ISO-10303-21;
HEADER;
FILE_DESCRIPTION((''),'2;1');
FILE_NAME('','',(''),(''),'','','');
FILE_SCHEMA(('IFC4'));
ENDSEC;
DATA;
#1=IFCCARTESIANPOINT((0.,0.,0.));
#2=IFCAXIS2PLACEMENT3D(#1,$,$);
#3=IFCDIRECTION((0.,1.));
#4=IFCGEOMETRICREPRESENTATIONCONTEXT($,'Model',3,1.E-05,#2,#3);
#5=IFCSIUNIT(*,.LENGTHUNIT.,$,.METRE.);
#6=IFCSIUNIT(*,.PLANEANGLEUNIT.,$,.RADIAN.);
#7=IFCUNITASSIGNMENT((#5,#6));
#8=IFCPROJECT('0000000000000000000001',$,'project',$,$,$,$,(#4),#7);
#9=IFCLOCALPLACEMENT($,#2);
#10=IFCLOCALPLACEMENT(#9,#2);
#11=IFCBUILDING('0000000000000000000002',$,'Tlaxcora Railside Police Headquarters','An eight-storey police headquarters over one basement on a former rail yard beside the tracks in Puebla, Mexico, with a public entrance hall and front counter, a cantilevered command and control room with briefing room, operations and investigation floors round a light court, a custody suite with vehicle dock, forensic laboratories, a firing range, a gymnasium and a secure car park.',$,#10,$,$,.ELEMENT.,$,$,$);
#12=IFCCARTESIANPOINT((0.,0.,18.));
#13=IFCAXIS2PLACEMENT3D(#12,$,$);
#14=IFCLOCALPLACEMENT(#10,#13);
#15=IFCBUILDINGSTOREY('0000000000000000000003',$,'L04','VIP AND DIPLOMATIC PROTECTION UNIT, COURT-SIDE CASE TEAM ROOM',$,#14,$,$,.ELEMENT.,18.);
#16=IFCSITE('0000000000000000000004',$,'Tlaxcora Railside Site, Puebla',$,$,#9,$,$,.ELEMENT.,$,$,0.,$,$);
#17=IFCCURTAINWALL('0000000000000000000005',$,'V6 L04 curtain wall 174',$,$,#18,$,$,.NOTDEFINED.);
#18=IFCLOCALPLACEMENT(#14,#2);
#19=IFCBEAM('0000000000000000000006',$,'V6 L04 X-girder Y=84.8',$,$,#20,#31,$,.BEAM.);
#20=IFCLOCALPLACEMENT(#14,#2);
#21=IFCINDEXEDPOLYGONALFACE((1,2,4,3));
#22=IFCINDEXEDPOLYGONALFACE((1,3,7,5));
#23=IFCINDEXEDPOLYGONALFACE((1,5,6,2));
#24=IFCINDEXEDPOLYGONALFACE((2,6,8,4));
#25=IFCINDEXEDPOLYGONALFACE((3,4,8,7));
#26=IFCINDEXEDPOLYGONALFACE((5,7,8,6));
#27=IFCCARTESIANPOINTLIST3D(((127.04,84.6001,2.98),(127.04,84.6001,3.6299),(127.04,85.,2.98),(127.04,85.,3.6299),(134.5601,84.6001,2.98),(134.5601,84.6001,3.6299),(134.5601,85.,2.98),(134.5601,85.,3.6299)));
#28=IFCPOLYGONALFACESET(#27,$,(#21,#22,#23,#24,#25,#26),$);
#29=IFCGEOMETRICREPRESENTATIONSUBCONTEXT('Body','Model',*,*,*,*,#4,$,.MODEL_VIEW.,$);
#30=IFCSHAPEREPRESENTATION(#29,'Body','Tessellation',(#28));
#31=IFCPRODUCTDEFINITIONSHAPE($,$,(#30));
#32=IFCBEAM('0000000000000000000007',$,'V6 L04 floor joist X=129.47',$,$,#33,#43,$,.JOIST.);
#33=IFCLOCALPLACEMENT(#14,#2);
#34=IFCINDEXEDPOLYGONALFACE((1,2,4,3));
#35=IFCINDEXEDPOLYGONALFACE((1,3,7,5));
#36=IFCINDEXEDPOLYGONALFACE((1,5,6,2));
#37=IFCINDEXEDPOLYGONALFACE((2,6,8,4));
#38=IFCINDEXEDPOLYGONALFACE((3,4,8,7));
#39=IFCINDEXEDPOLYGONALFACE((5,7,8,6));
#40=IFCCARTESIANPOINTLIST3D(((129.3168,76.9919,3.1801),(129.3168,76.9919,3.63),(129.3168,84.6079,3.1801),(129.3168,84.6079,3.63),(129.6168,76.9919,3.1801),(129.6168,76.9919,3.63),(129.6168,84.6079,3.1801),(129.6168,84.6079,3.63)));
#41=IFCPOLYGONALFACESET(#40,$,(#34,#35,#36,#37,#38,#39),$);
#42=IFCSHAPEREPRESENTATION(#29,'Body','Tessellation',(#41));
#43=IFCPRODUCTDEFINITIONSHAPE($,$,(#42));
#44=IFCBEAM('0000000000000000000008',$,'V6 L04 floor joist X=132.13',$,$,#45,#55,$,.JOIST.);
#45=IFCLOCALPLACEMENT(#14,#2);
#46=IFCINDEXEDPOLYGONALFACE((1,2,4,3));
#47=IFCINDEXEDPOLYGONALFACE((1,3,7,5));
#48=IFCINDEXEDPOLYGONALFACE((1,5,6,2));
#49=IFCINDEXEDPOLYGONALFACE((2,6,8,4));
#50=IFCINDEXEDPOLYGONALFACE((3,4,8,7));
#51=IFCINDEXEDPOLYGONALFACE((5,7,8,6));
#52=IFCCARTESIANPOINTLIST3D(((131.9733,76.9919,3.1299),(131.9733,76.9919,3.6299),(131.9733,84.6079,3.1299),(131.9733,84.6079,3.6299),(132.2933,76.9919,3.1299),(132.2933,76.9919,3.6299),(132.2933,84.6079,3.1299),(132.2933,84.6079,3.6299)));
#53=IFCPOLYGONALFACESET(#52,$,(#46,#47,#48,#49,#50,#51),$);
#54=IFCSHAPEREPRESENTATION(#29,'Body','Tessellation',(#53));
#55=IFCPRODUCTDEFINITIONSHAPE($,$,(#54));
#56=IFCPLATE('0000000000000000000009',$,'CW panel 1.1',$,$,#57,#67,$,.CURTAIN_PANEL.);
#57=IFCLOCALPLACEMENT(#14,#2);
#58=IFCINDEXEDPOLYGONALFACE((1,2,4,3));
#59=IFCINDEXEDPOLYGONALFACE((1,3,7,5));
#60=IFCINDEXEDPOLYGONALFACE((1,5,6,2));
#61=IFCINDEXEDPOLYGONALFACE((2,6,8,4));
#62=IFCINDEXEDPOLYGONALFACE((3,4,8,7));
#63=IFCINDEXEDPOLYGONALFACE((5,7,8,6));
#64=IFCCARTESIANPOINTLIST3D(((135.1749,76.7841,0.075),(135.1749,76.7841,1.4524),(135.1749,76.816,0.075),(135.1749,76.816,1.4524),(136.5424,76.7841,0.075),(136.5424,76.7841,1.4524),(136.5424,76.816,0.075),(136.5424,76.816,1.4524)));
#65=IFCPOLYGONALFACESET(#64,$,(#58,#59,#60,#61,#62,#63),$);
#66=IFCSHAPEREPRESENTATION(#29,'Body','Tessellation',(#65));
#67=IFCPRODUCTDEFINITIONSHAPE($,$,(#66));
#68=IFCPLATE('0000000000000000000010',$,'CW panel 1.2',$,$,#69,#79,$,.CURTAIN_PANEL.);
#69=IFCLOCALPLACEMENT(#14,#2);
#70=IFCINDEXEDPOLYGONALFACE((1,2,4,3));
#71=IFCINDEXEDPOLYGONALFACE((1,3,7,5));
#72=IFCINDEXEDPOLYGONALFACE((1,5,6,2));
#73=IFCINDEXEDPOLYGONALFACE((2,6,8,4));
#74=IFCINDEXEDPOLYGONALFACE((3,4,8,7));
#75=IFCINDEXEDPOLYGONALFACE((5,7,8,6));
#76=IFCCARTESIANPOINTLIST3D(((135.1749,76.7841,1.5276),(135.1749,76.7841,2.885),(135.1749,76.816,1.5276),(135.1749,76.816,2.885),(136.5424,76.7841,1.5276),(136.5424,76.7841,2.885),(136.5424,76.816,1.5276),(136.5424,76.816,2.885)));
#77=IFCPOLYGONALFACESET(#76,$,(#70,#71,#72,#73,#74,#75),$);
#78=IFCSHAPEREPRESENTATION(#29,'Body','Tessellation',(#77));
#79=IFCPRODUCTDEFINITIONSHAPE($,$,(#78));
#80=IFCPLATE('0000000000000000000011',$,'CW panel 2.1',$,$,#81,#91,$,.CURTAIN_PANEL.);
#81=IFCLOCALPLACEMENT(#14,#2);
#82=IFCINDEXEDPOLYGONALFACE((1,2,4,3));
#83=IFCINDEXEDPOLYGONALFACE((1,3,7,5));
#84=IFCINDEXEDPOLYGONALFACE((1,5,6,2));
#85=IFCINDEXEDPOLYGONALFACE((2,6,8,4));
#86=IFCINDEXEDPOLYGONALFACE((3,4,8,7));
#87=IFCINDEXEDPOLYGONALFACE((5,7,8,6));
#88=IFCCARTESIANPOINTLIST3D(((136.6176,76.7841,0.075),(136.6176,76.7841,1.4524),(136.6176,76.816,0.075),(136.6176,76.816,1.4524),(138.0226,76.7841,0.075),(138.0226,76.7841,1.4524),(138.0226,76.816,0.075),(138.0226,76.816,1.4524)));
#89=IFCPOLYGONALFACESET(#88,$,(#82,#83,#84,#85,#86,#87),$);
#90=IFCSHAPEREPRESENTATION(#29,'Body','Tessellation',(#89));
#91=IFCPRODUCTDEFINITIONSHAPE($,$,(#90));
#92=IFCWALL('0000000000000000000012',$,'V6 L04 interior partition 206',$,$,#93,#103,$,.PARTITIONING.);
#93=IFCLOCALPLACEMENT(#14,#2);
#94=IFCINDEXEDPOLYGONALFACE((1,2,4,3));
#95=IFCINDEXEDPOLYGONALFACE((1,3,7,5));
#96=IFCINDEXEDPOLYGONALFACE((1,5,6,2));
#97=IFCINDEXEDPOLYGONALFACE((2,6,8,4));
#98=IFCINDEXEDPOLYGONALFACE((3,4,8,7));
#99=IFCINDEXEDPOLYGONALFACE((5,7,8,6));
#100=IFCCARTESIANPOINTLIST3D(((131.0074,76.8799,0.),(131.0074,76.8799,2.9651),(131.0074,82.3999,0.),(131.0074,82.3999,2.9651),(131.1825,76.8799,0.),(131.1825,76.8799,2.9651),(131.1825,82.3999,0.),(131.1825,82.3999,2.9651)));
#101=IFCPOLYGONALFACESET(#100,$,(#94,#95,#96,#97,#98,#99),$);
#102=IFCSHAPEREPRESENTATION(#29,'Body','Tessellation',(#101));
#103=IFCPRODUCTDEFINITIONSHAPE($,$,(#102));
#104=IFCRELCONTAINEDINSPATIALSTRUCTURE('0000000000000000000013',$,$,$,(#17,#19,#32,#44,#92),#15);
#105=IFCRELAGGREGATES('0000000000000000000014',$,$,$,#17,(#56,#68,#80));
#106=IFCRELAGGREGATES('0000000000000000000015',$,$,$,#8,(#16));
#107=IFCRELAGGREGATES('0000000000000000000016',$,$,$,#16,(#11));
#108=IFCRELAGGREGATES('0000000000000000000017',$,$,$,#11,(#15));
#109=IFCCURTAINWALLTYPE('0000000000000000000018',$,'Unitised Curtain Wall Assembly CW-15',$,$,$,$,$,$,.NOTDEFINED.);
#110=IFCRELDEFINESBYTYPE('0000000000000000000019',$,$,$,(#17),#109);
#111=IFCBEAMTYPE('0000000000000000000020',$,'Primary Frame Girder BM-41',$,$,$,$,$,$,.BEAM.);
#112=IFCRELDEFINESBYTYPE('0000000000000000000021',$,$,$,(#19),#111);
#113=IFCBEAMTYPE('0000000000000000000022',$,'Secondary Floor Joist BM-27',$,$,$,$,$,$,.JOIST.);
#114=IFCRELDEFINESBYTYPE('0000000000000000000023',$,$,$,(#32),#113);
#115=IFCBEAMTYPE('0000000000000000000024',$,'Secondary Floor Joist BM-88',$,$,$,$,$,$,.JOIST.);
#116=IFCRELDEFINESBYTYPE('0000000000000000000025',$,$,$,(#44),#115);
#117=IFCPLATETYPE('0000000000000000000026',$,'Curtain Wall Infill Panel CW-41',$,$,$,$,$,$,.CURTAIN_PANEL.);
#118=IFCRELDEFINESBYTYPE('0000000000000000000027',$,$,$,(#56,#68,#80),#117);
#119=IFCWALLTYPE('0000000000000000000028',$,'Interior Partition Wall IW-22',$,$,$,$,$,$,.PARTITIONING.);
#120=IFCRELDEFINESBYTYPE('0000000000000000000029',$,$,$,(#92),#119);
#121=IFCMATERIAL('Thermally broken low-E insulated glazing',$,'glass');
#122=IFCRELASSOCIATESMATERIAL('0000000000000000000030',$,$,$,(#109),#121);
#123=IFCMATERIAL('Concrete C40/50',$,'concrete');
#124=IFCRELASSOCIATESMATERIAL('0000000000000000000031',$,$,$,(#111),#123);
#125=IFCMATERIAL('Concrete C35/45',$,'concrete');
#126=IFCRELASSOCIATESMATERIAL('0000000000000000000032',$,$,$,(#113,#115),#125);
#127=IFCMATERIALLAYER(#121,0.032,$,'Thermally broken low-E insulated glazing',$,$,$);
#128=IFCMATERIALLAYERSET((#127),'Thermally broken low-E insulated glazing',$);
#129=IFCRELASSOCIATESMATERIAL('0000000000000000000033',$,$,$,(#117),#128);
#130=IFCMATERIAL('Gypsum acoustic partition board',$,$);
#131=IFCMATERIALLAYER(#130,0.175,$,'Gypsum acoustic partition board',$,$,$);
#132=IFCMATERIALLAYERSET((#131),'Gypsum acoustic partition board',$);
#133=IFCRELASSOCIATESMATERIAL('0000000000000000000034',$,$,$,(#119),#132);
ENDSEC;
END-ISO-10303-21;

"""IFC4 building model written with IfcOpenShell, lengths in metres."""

from ifc_helpers import new_model, si_unit, direction, frame, frame_2d, origin, origin_2d, place, context, subcontext, project, spatial, rectangle, extrude, material, layer, layer_set, material_profile, profile_set, type_object, element, aggregate, save


model = new_model("IFC4")

# Units and contexts
model_context = context("Model", 3, precision=1e-05, world=origin(), true_north=direction((0.0, 1.0)))
body_context = subcontext(model_context, "Body", "Model", "MODEL_VIEW")
ifc_project = project(units=[si_unit("LENGTHUNIT", "METRE"), si_unit("PLANEANGLEUNIT", "RADIAN")], contexts=[model_context])

# Site, building, storey
site_placement = place(None, origin())
site = spatial("IfcSite", under=ifc_project, at=site_placement, Name="Tlaxcora Railside Site, Puebla", CompositionType="ELEMENT", RefElevation=0.0)
building_placement = place(site_placement, origin())
building = spatial("IfcBuilding", under=site, at=building_placement, Name="Tlaxcora Railside Police Headquarters", Description="An eight-storey police headquarters over one basement on a former rail yard beside the tracks in Puebla, Mexico, with a public entrance hall and front counter, a cantilevered command and control room with briefing room, operations and investigation floors round a light court, a custody suite with vehicle dock, forensic laboratories, a firing range, a gymnasium and a secure car park.", CompositionType="ELEMENT")
storey_placement = place(building_placement, frame((0.0, 0.0, 18.0)))
storey = spatial("IfcBuildingStorey", under=building, at=storey_placement, Name="L04", Description="VIP AND DIPLOMATIC PROTECTION UNIT, COURT-SIDE CASE TEAM ROOM", CompositionType="ELEMENT", Elevation=18.0)

# Shared definitions
ifc_material_1 = material(Name="Concrete C40/50", Category="concrete")

# Curtain wall
ifc_material_2 = material(Name="Thermally broken low-E insulated glazing", Category="glass")
curtain_wall_type = type_object("IfcCurtainWallType", Name="Unitised Curtain Wall Assembly CW-15", PredefinedType="NOTDEFINED", material=ifc_material_2)
curtain_wall_placement = place(storey_placement, origin())
curtain_wall = element("IfcCurtainWall", 1, at=curtain_wall_placement, inside=storey, type_object=curtain_wall_type, Name="V6 L04 curtain wall 174", PredefinedType="NOTDEFINED")

# Beams
ifc_material_profile_1 = material_profile(ifc_material_1, rectangle(XDim=0.3999, YDim=0.6499, at=origin_2d()), Name="RC400X650")
ifc_profile_set_1 = profile_set([ifc_material_profile_1], Name="Concrete C40/50")
beam_type_1 = type_object("IfcBeamType", Name="Primary Frame Girder BM-41", PredefinedType="BEAM", material=ifc_profile_set_1)
beam_1_placement = place(storey_placement, frame((127.04, 84.8, 3.3049), z_axis=(1.0, 0.0, 0.0), x_axis=(0.0, 1.0, 0.0)))
element("IfcBeam", 2, at=beam_1_placement, inside=storey, type_object=beam_type_1, Name="V6 L04 X-girder Y=84.8", PredefinedType="BEAM", context=body_context, shape_type="SweptSolid", body=[
    extrude(rectangle(XDim=0.3999, YDim=0.6499, at=origin_2d()), origin(), (0.0, 0.0, 1.0), 7.52),
])
ifc_material_3 = material(Name="Concrete C35/45", Category="concrete")
ifc_material_profile_2 = material_profile(ifc_material_3, rectangle(XDim=0.3, YDim=0.45, at=origin_2d()), Name="RC300X450")
ifc_profile_set_2 = profile_set([ifc_material_profile_2], Name="Concrete C35/45")
beam_type_2 = type_object("IfcBeamType", Name="Secondary Floor Joist BM-27", PredefinedType="JOIST", material=ifc_profile_set_2)
beam_2_placement = place(storey_placement, frame((129.4668, 76.9919, 3.405), z_axis=(0.0, 1.0, 0.0), x_axis=(-1.0, 0.0, 0.0)))
element("IfcBeam", 3, at=beam_2_placement, inside=storey, type_object=beam_type_2, Name="V6 L04 floor joist X=129.47", PredefinedType="JOIST", context=body_context, shape_type="SweptSolid", body=[
    extrude(rectangle(XDim=0.3, YDim=0.45, at=origin_2d()), origin(), (0.0, 0.0, 1.0), 7.616),
])
ifc_material_profile_3 = material_profile(ifc_material_3, rectangle(XDim=0.3201, YDim=0.5, at=origin_2d()), Name="RC320X500")
ifc_profile_set_3 = profile_set([ifc_material_profile_3], Name="Concrete C35/45")
beam_type_3 = type_object("IfcBeamType", Name="Secondary Floor Joist BM-88", PredefinedType="JOIST", material=ifc_profile_set_3)
beam_3_placement = place(storey_placement, frame((132.1333, 76.9919, 3.3799), z_axis=(0.0, 1.0, 0.0), x_axis=(-1.0, 0.0, 0.0)))
element("IfcBeam", 4, at=beam_3_placement, inside=storey, type_object=beam_type_3, Name="V6 L04 floor joist X=132.13", PredefinedType="JOIST", context=body_context, shape_type="SweptSolid", body=[
    extrude(rectangle(XDim=0.3201, YDim=0.5, at=origin_2d()), origin(), (0.0, 0.0, 1.0), 7.616),
])

# Plates
ifc_layer_1 = layer(ifc_material_2, 0.032, Name="Thermally broken low-E insulated glazing")
ifc_layer_set_1 = layer_set([ifc_layer_1], Name="Thermally broken low-E insulated glazing")
plate_type = type_object("IfcPlateType", Name="Curtain Wall Infill Panel CW-41", PredefinedType="CURTAIN_PANEL", material=ifc_layer_set_1)
plate_1_placement = place(storey_placement, frame((135.8586, 76.8, 0.075), z_axis=(0.0, 0.0, 1.0), x_axis=(1.0, 0.0, 0.0)))
plate_1 = element("IfcPlate", 5, at=plate_1_placement, type_object=plate_type, Name="CW panel 1.1", PredefinedType="CURTAIN_PANEL", context=body_context, shape_type="SweptSolid", body=[
    extrude(rectangle(XDim=1.3674, YDim=0.032, at=origin_2d()), origin(), (0.0, 0.0, 1.0), 1.3774),
])
plate_2_placement = place(storey_placement, frame((135.8586, 76.8, 1.5276), z_axis=(0.0, 0.0, 1.0), x_axis=(1.0, 0.0, 0.0)))
plate_2 = element("IfcPlate", 6, at=plate_2_placement, type_object=plate_type, Name="CW panel 1.2", PredefinedType="CURTAIN_PANEL", context=body_context, shape_type="SweptSolid", body=[
    extrude(rectangle(XDim=1.3674, YDim=0.032, at=origin_2d()), origin(), (0.0, 0.0, 1.0), 1.3574),
])
plate_3_placement = place(storey_placement, frame((137.3201, 76.8, 0.075), z_axis=(0.0, 0.0, 1.0), x_axis=(1.0, 0.0, 0.0)))
plate_3 = element("IfcPlate", 7, at=plate_3_placement, type_object=plate_type, Name="CW panel 2.1", PredefinedType="CURTAIN_PANEL", context=body_context, shape_type="SweptSolid", body=[
    extrude(rectangle(XDim=1.405, YDim=0.032, at=origin_2d()), origin(), (0.0, 0.0, 1.0), 1.3774),
])
aggregate(curtain_wall, [plate_1, plate_2, plate_3])

# Wall
ifc_material_4 = material(Name="Gypsum acoustic partition board")
ifc_layer_2 = layer(ifc_material_4, 0.175, Name="Gypsum acoustic partition board")
ifc_layer_set_2 = layer_set([ifc_layer_2], Name="Gypsum acoustic partition board")
wall_type = type_object("IfcWallType", Name="Interior Partition Wall IW-22", PredefinedType="PARTITIONING", material=ifc_layer_set_2)
wall_placement = place(storey_placement, frame((131.095, 76.8799, 0.0), z_axis=(0.0, 0.0, 1.0), x_axis=(0.0, 1.0, 0.0)))
element("IfcWall", 8, at=wall_placement, inside=storey, type_object=wall_type, Name="V6 L04 interior partition 206", PredefinedType="PARTITIONING", context=body_context, shape_type="SweptSolid", body=[
    extrude(rectangle(XDim=5.52, YDim=0.175, at=frame_2d((2.76, 0.0))), origin(), (0.0, 0.0, 1.0), 2.9651),
])

save(model, "model.ifc")
